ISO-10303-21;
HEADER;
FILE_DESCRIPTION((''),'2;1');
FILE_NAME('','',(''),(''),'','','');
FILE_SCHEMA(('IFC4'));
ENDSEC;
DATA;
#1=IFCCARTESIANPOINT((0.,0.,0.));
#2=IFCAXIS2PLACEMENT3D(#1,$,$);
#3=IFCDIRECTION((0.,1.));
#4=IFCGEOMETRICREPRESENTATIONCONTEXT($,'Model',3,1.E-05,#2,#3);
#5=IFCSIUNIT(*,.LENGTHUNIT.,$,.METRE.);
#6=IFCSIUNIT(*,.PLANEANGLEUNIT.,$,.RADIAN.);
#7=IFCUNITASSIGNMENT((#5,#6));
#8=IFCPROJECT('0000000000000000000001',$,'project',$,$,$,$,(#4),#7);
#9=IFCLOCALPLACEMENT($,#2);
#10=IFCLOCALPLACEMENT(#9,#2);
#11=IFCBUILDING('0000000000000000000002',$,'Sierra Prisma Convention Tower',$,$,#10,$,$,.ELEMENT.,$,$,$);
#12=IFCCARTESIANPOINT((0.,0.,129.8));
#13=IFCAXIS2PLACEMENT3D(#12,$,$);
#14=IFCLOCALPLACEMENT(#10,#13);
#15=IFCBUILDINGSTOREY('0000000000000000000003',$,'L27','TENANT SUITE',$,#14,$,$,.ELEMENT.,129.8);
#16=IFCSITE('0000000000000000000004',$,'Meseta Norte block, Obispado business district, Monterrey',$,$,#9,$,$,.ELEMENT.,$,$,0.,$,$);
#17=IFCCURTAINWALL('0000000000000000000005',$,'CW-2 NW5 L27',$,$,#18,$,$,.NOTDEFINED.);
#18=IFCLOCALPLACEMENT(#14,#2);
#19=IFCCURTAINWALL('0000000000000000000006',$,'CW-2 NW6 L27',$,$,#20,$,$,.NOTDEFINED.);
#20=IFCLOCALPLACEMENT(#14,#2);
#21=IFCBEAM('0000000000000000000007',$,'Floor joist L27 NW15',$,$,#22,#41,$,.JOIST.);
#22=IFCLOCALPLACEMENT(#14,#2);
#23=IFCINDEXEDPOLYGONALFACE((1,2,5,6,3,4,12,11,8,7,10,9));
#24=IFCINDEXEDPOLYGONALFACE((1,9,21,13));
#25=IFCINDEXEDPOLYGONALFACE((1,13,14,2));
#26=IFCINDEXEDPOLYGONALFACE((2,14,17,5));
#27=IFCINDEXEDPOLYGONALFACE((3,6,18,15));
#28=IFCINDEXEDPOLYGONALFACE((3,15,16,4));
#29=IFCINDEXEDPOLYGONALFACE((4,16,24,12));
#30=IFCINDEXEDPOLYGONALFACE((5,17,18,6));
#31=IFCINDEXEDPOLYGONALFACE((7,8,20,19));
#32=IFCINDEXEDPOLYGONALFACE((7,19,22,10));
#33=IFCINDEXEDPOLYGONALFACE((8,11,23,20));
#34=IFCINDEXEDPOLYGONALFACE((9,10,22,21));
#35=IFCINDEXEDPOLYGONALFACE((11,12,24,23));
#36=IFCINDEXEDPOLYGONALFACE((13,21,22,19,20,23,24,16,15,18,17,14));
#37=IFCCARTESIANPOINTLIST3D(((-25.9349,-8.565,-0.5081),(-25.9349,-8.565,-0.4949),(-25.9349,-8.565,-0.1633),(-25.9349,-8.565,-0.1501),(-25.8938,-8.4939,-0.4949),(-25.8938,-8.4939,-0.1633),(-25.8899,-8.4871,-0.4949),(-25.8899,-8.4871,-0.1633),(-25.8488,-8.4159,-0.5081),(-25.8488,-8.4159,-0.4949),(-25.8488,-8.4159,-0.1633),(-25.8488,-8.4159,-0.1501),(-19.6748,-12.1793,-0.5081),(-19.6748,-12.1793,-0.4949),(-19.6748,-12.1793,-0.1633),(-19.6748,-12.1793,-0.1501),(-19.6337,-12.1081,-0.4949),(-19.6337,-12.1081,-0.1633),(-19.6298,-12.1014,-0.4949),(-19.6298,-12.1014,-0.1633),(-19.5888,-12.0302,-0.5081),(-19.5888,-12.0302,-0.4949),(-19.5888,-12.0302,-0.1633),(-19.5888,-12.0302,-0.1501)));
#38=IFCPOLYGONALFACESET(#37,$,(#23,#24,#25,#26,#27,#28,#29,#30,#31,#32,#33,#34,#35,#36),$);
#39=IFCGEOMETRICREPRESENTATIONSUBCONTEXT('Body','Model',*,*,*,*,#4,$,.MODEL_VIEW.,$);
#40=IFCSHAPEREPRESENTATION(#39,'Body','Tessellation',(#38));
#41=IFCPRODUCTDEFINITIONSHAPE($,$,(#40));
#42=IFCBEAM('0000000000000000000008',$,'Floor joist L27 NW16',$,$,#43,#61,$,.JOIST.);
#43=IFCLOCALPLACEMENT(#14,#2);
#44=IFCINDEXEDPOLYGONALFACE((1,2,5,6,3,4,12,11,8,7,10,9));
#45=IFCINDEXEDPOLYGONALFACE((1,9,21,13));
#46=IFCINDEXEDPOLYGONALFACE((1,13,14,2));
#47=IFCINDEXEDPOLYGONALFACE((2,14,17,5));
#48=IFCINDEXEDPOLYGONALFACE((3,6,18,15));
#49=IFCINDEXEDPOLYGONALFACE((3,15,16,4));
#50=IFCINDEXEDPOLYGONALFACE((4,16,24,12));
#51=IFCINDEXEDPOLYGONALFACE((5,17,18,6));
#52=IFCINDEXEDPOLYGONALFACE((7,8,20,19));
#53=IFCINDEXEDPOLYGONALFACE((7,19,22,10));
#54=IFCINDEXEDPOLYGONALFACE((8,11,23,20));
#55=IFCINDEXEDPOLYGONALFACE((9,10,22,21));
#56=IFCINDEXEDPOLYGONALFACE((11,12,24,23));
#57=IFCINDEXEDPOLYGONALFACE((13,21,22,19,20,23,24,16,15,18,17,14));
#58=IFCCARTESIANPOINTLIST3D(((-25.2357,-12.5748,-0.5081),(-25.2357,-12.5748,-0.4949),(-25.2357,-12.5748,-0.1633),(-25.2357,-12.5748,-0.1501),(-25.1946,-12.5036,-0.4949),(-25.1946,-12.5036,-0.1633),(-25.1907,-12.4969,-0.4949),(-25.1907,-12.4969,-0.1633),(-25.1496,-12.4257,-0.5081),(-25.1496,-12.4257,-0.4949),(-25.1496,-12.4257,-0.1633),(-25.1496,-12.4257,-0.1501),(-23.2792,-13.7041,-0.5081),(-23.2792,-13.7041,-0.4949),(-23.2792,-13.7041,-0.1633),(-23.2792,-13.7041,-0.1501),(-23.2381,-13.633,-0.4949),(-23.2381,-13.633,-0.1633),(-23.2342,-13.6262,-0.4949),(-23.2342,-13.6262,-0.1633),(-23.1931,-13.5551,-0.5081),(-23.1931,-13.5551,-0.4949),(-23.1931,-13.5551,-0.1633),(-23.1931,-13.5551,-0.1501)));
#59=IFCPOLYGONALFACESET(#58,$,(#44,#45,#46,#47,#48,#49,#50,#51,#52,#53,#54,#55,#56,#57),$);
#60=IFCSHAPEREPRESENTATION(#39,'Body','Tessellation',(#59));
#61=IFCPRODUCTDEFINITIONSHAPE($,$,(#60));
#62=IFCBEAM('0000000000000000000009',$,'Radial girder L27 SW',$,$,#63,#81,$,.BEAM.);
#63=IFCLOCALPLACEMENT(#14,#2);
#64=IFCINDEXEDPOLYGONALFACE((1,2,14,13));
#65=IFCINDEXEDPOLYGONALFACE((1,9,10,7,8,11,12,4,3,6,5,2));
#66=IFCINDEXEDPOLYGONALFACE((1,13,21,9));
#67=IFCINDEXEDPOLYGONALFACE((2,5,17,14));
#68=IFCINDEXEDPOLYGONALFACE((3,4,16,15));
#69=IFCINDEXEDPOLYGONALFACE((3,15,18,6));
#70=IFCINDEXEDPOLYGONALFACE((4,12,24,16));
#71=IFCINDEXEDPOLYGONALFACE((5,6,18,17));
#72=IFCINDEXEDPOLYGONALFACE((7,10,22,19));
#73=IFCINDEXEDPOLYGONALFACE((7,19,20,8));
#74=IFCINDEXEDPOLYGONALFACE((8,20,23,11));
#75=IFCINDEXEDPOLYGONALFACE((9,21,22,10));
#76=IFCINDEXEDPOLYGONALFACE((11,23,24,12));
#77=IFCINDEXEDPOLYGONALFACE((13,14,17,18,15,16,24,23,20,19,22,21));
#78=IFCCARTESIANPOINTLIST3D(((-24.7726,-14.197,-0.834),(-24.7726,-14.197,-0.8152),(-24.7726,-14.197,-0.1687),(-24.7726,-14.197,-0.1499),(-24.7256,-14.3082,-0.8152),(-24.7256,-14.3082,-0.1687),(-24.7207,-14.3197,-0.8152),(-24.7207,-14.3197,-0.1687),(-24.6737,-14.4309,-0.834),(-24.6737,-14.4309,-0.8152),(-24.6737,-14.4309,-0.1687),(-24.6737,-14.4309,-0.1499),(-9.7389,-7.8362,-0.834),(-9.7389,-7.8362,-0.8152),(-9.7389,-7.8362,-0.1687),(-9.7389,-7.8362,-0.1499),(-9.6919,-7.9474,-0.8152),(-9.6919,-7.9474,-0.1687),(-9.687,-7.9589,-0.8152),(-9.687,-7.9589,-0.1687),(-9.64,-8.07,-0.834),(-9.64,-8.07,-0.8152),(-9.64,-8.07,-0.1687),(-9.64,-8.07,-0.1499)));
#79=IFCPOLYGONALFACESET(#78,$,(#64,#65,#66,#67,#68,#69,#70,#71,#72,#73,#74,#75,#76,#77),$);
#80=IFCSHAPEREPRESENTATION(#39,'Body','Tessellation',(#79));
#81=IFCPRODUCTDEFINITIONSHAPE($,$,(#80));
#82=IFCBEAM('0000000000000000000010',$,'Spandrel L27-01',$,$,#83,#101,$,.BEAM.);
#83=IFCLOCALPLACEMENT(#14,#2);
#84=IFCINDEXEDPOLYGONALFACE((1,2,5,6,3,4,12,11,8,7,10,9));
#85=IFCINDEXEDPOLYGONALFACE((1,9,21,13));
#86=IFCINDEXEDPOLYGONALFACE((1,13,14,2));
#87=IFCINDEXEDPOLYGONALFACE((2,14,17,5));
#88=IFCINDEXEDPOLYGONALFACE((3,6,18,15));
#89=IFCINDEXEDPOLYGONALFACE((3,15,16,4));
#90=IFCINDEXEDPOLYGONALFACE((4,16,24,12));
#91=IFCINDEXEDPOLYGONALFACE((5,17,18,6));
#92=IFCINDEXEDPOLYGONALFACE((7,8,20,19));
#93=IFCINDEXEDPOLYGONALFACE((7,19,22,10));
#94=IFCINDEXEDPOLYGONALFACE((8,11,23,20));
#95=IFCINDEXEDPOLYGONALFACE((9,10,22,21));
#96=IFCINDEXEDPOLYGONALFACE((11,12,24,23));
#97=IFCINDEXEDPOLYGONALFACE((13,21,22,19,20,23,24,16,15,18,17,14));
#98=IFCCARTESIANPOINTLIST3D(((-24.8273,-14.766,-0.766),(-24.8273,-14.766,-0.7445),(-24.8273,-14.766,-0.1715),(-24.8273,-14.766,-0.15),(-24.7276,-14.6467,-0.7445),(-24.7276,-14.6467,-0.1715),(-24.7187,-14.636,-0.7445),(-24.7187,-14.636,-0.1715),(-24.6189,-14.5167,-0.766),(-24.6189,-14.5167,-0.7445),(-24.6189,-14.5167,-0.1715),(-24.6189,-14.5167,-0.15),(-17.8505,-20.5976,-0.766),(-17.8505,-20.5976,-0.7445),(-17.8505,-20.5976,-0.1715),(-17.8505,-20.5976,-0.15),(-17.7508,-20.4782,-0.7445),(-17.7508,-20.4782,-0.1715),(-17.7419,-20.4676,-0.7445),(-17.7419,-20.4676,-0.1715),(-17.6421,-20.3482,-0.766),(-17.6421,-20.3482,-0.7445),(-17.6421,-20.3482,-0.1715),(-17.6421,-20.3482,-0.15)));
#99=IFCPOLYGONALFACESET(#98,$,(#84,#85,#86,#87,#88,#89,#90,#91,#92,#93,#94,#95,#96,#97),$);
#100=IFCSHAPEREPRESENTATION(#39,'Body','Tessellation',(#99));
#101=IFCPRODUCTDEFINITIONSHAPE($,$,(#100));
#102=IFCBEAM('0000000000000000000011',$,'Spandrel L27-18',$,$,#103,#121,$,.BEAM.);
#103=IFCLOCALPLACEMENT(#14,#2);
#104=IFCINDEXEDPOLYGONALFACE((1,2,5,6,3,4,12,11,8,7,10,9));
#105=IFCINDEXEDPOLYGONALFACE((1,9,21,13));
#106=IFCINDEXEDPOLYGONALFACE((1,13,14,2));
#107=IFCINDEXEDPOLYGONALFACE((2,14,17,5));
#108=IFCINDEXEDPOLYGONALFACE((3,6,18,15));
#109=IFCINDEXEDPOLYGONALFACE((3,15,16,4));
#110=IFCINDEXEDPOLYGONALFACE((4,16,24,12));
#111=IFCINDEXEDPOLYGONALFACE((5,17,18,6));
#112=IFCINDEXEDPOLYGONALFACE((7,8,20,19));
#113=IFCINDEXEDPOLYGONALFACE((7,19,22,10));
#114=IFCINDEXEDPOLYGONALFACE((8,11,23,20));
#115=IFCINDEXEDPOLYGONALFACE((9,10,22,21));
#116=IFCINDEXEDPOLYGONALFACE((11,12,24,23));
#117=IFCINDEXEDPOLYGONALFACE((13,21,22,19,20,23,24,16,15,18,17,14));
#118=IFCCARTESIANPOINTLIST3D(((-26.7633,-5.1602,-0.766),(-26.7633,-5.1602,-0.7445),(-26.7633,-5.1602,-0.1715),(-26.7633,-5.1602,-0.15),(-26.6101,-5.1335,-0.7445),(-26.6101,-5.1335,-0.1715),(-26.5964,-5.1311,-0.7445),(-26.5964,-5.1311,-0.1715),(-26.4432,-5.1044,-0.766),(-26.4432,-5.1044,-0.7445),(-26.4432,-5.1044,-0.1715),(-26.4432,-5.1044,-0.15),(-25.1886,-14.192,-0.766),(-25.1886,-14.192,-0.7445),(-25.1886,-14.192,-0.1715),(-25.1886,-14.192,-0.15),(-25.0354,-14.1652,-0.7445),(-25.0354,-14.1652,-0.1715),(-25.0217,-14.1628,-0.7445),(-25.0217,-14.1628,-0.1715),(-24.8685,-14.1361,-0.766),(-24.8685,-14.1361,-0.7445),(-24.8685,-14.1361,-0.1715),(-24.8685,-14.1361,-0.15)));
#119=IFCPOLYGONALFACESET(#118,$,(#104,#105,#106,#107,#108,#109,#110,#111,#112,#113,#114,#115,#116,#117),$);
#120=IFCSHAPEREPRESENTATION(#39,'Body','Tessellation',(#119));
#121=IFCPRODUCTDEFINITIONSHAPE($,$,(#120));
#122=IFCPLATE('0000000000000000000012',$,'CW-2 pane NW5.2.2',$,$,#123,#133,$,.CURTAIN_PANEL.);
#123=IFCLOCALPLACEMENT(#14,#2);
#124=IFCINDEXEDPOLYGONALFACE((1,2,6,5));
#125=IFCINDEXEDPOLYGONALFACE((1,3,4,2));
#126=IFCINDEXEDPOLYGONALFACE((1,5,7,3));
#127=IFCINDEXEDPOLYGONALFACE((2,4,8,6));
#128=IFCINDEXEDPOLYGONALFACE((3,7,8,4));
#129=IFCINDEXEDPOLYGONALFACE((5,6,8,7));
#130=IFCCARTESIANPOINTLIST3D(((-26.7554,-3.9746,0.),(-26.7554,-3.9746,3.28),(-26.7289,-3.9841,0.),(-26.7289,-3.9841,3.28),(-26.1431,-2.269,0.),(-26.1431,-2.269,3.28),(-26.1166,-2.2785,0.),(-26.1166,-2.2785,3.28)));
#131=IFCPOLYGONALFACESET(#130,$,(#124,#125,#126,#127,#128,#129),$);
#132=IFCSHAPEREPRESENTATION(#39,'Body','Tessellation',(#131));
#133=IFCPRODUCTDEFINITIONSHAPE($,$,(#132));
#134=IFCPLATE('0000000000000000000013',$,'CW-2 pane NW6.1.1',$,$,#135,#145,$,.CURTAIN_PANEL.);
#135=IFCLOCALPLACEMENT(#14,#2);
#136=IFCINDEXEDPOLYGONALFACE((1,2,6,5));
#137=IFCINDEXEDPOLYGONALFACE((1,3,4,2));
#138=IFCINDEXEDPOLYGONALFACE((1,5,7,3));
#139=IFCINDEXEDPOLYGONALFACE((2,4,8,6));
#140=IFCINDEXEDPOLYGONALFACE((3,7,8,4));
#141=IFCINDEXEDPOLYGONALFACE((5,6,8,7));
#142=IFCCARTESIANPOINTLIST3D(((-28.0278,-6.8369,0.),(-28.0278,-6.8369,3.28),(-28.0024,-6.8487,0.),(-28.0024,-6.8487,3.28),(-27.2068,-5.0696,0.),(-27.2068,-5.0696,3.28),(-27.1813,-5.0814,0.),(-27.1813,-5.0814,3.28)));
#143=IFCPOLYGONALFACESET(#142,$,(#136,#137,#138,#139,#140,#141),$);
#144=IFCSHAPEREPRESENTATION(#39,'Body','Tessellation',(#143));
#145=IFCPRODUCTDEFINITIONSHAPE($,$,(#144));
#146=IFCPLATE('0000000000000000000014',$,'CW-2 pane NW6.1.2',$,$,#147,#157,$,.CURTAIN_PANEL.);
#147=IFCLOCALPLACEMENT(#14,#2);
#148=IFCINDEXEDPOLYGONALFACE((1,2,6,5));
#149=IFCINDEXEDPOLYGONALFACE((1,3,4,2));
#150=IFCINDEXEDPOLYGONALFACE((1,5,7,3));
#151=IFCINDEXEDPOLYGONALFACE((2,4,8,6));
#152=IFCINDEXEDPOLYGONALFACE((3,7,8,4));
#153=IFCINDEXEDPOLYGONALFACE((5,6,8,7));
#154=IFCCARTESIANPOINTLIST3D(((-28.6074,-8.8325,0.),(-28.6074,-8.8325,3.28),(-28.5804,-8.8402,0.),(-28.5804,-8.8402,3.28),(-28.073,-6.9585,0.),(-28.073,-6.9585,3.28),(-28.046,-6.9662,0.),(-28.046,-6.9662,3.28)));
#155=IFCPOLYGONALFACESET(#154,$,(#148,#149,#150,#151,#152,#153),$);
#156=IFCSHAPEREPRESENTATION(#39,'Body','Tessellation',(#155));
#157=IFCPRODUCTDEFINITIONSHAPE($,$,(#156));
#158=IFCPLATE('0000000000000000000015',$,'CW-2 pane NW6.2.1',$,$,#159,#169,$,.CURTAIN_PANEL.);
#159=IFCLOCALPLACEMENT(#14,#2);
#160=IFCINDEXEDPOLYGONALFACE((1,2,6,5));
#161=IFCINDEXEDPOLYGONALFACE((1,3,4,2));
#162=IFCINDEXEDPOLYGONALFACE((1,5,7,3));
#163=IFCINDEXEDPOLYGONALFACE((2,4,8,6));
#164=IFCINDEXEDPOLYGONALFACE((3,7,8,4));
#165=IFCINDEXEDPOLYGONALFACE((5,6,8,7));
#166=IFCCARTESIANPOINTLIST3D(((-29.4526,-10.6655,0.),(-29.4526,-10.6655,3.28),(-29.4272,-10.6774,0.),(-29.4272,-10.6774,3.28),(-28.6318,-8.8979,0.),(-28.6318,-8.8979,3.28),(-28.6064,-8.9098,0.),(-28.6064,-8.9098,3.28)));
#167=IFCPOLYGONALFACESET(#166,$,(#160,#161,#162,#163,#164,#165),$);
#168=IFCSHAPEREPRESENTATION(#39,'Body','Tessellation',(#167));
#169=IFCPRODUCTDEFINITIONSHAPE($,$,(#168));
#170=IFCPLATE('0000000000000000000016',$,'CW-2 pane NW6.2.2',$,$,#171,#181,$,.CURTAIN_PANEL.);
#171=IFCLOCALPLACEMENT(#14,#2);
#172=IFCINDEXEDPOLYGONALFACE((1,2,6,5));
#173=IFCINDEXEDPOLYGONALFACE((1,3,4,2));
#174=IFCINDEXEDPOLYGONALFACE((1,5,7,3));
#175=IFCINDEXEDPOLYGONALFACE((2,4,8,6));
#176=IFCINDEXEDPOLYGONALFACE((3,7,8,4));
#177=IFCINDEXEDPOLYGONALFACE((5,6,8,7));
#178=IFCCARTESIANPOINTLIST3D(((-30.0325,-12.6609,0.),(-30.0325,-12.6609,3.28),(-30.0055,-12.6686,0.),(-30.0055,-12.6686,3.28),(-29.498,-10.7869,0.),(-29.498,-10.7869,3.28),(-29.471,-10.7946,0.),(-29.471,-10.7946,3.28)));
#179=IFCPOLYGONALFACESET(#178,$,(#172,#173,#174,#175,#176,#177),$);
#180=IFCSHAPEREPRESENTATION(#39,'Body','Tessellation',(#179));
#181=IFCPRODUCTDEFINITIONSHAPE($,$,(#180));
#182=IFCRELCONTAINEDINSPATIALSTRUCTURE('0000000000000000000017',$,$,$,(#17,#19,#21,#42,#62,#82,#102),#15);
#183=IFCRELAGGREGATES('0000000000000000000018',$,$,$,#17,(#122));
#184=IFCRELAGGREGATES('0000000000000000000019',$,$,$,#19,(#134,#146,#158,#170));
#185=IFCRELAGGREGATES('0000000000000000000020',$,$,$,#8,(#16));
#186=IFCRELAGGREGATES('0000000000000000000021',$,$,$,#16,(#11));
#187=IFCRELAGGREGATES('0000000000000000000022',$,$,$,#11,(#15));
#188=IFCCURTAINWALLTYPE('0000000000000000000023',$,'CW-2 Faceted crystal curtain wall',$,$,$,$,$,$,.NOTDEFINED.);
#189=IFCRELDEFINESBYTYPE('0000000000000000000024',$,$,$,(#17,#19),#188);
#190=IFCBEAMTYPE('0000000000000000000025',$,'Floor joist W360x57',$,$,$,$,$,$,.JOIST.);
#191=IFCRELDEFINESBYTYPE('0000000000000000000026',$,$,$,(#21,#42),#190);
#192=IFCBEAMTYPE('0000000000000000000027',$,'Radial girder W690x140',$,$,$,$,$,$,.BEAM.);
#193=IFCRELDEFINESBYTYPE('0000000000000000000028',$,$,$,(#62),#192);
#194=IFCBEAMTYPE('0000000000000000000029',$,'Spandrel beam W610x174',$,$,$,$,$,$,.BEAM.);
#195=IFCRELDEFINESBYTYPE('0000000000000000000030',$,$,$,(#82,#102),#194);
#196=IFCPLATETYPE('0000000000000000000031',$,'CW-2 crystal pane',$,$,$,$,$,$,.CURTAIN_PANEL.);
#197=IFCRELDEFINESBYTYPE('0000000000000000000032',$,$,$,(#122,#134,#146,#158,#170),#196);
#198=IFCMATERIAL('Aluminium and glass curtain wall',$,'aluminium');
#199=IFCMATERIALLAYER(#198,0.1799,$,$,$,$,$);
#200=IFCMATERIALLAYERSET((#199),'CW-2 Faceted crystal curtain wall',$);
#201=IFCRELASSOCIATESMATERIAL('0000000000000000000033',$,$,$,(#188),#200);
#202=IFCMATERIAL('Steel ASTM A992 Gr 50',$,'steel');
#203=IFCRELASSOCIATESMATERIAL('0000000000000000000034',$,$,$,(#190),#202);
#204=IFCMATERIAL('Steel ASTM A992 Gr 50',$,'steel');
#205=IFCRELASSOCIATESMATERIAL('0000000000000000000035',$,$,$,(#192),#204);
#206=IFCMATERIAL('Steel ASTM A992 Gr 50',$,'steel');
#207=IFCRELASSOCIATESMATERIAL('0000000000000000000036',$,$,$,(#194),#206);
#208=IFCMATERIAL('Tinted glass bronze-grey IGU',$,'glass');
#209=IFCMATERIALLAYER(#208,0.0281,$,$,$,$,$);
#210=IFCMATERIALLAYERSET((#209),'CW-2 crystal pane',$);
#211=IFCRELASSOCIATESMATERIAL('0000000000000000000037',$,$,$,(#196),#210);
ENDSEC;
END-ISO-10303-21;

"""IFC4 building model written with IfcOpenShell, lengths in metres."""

from ifc_helpers import new_model, si_unit, direction, frame, origin, origin_2d, place, context, subcontext, project, spatial, polyline, i_section, outline, extrude, material, layer, layer_set, material_profile, profile_set, type_object, element, aggregate, save


model = new_model("IFC4")

# Units and contexts
model_context = context("Model", 3, precision=1e-05, world=origin(), true_north=direction((0.0, 1.0)))
body_context = subcontext(model_context, "Body", "Model", "MODEL_VIEW")
ifc_project = project(units=[si_unit("LENGTHUNIT", "METRE"), si_unit("PLANEANGLEUNIT", "RADIAN")], contexts=[model_context])

# Site, building, storey
site_placement = place(None, origin())
site = spatial("IfcSite", under=ifc_project, at=site_placement, Name="Meseta Norte block, Obispado business district, Monterrey", CompositionType="ELEMENT", RefElevation=0.0)
building_placement = place(site_placement, origin())
building = spatial("IfcBuilding", under=site, at=building_placement, Name="Sierra Prisma Convention Tower", CompositionType="ELEMENT")
storey_placement = place(building_placement, frame((0.0, 0.0, 129.8)))
storey = spatial("IfcBuildingStorey", under=building, at=storey_placement, Name="L27", Description="TENANT SUITE", CompositionType="ELEMENT", Elevation=129.8)

# Curtain wall
ifc_material_1 = material(Name="Aluminium and glass curtain wall", Category="aluminium")
ifc_layer_1 = layer(ifc_material_1, 0.1799)
ifc_layer_set_1 = layer_set([ifc_layer_1], Name="CW-2 Faceted crystal curtain wall")
curtain_wall_type = type_object("IfcCurtainWallType", Name="CW-2 Faceted crystal curtain wall", PredefinedType="NOTDEFINED", material=ifc_layer_set_1)
curtain_wall_1_placement = place(storey_placement, origin())
curtain_wall_1 = element("IfcCurtainWall", 1, at=curtain_wall_1_placement, inside=storey, type_object=curtain_wall_type, Name="CW-2 NW5 L27", PredefinedType="NOTDEFINED")

# Curtain wall
curtain_wall_2_placement = place(storey_placement, origin())
curtain_wall_2 = element("IfcCurtainWall", 2, at=curtain_wall_2_placement, inside=storey, type_object=curtain_wall_type, Name="CW-2 NW6 L27", PredefinedType="NOTDEFINED")

# Beams
ifc_material_2 = material(Name="Steel ASTM A992 Gr 50", Category="steel")
ifc_material_profile_1 = material_profile(ifc_material_2, i_section(OverallWidth=0.1721, OverallDepth=0.3579, WebThickness=0.0078, FlangeThickness=0.0132, at=origin_2d()), Name="W360x57")
ifc_profile_set_1 = profile_set([ifc_material_profile_1], Name="Steel ASTM A992 Gr 50")
beam_type_1 = type_object("IfcBeamType", Name="Floor joist W360x57", PredefinedType="JOIST", material=ifc_profile_set_1)
beam_1_placement = place(storey_placement, frame((-25.8918, -8.4905, -0.3291), z_axis=(0.866023, -0.500004, 0.0), x_axis=(0.500004, 0.866023, 0.0)))
element("IfcBeam", 3, at=beam_1_placement, inside=storey, type_object=beam_type_1, Name="Floor joist L27 NW15", PredefinedType="JOIST", context=body_context, shape_type="SweptSolid", body=[
    extrude(i_section(OverallWidth=0.1721, OverallDepth=0.3579, WebThickness=0.0078, FlangeThickness=0.0132, at=origin_2d()), origin(), (0.0, 0.0, 1.0), 7.2285),
])
beam_2_placement = place(storey_placement, frame((-25.1926, -12.5002, -0.3291), z_axis=(0.866067, -0.499928, 0.0), x_axis=(0.499928, 0.866067, 0.0)))
element("IfcBeam", 4, at=beam_2_placement, inside=storey, type_object=beam_type_1, Name="Floor joist L27 NW16", PredefinedType="JOIST", context=body_context, shape_type="SweptSolid", body=[
    extrude(i_section(OverallWidth=0.1721, OverallDepth=0.3579, WebThickness=0.0078, FlangeThickness=0.0132, at=origin_2d()), origin(), (0.0, 0.0, 1.0), 2.259),
])
ifc_material_3 = material(Name="Steel ASTM A992 Gr 50", Category="steel")
ifc_material_profile_2 = material_profile(ifc_material_3, i_section(OverallWidth=0.2539, OverallDepth=0.6841, WebThickness=0.0125, FlangeThickness=0.0188, at=origin_2d()), Name="W690x140")
ifc_profile_set_2 = profile_set([ifc_material_profile_2], Name="Steel ASTM A992 Gr 50")
beam_type_2 = type_object("IfcBeamType", Name="Radial girder W690x140", PredefinedType="BEAM", material=ifc_profile_set_2)
beam_3_placement = place(storey_placement, frame((-24.7231, -14.314, -0.4919), z_axis=(0.920958, 0.389662, 0.0), x_axis=(-0.389662, 0.920958, 0.0)))
element("IfcBeam", 5, at=beam_3_placement, inside=storey, type_object=beam_type_2, Name="Radial girder L27 SW", PredefinedType="BEAM", context=body_context, shape_type="SweptSolid", body=[
    extrude(i_section(OverallWidth=0.2539, OverallDepth=0.6841, WebThickness=0.0125, FlangeThickness=0.0188, at=origin_2d()), origin(), (0.0, 0.0, 1.0), 16.324),
])
ifc_material_4 = material(Name="Steel ASTM A992 Gr 50", Category="steel")
ifc_material_profile_3 = material_profile(ifc_material_4, i_section(OverallWidth=0.325, OverallDepth=0.616, WebThickness=0.0139, FlangeThickness=0.0215, at=origin_2d()), Name="W610x174")
ifc_profile_set_3 = profile_set([ifc_material_profile_3], Name="Steel ASTM A992 Gr 50")
beam_type_3 = type_object("IfcBeamType", Name="Spandrel beam W610x174", PredefinedType="BEAM", material=ifc_profile_set_3)
beam_4_placement = place(storey_placement, frame((-24.7231, -14.6414, -0.458), z_axis=(0.767272, -0.641322, 0.0), x_axis=(0.641322, 0.767272, 0.0)))
element("IfcBeam", 6, at=beam_4_placement, inside=storey, type_object=beam_type_3, Name="Spandrel L27-01", PredefinedType="BEAM", context=body_context, shape_type="SweptSolid", body=[
    extrude(i_section(OverallWidth=0.325, OverallDepth=0.616, WebThickness=0.0139, FlangeThickness=0.0215, at=origin_2d()), origin(), (0.0, 0.0, 1.0), 9.093),
])
beam_5_placement = place(storey_placement, frame((-26.6033, -5.1323, -0.458), z_axis=(0.171761, -0.985139, 0.0), x_axis=(0.985139, 0.171761, 0.0)))
element("IfcBeam", 7, at=beam_5_placement, inside=storey, type_object=beam_type_3, Name="Spandrel L27-18", PredefinedType="BEAM", context=body_context, shape_type="SweptSolid", body=[
    extrude(i_section(OverallWidth=0.325, OverallDepth=0.616, WebThickness=0.0139, FlangeThickness=0.0215, at=origin_2d()), origin(), (0.0, 0.0, 1.0), 9.168),
])

# Plates
ifc_material_5 = material(Name="Tinted glass bronze-grey IGU", Category="glass")
ifc_layer_2 = layer(ifc_material_5, 0.0281)
ifc_layer_set_2 = layer_set([ifc_layer_2], Name="CW-2 crystal pane")
plate_type = type_object("IfcPlateType", Name="CW-2 crystal pane", PredefinedType="CURTAIN_PANEL", material=ifc_layer_set_2)
plate_1_placement = place(storey_placement, frame((-26.7554, -3.9746, 0.0), z_axis=(-0.941186, 0.337889, 0.0), x_axis=(0.337889, 0.941186, 0.0)))
plate_1 = element("IfcPlate", 8, at=plate_1_placement, type_object=plate_type, Name="CW-2 pane NW5.2.2", PredefinedType="CURTAIN_PANEL", context=body_context, shape_type="SweptSolid", body=[
    extrude(outline(polyline([(0.0, 0.0), (1.8121, 0.0), (1.8121, -3.28), (0.0, -3.28), (0.0, 0.0)])), origin(), (0.0, 0.0, -1.0), 0.0281),
])
aggregate(curtain_wall_1, [plate_1])
plate_2_placement = place(storey_placement, frame((-27.2068, -5.0696, 0.0), z_axis=(-0.906912, 0.421321, 0.0), x_axis=(-0.421321, -0.906912, 0.0)))
plate_2 = element("IfcPlate", 9, at=plate_2_placement, type_object=plate_type, Name="CW-2 pane NW6.1.1", PredefinedType="CURTAIN_PANEL", context=body_context, shape_type="SweptSolid", body=[
    extrude(outline(polyline([(0.0, 0.0), (1.9487, 0.0), (1.9487, 3.28), (0.0, 3.28), (0.0, 0.0)])), origin(), (0.0, 0.0, -1.0), 0.0281),
])
plate_3_placement = place(storey_placement, frame((-28.6074, -8.8325, 0.0), z_axis=(-0.961661, 0.274241, 0.0), x_axis=(0.274241, 0.961661, 0.0)))
plate_3 = element("IfcPlate", 10, at=plate_3_placement, type_object=plate_type, Name="CW-2 pane NW6.1.2", PredefinedType="CURTAIN_PANEL", context=body_context, shape_type="SweptSolid", body=[
    extrude(outline(polyline([(0.0, 0.0), (1.9487, 0.0), (1.9487, -3.28), (0.0, -3.28), (0.0, 0.0)])), origin(), (0.0, 0.0, -1.0), 0.0281),
])
plate_4_placement = place(storey_placement, frame((-28.6318, -8.8979, 0.0), z_axis=(-0.906982, 0.42117, 0.0), x_axis=(-0.42117, -0.906982, 0.0)))
plate_4 = element("IfcPlate", 11, at=plate_4_placement, type_object=plate_type, Name="CW-2 pane NW6.2.1", PredefinedType="CURTAIN_PANEL", context=body_context, shape_type="SweptSolid", body=[
    extrude(outline(polyline([(0.0, 0.0), (1.9489, 0.0), (1.9489, 3.28), (0.0, 3.28), (0.0, 0.0)])), origin(), (0.0, 0.0, -1.0), 0.0281),
])
plate_5_placement = place(storey_placement, frame((-30.0325, -12.6609, 0.0), z_axis=(-0.961661, 0.274241, 0.0), x_axis=(0.274241, 0.961661, 0.0)))
plate_5 = element("IfcPlate", 12, at=plate_5_placement, type_object=plate_type, Name="CW-2 pane NW6.2.2", PredefinedType="CURTAIN_PANEL", context=body_context, shape_type="SweptSolid", body=[
    extrude(outline(polyline([(0.0, 0.0), (1.9487, 0.0), (1.9487, -3.28), (0.0, -3.28), (0.0, 0.0)])), origin(), (0.0, 0.0, -1.0), 0.0281),
])
aggregate(curtain_wall_2, [plate_2, plate_3, plate_4, plate_5])

save(model, "model.ifc")
